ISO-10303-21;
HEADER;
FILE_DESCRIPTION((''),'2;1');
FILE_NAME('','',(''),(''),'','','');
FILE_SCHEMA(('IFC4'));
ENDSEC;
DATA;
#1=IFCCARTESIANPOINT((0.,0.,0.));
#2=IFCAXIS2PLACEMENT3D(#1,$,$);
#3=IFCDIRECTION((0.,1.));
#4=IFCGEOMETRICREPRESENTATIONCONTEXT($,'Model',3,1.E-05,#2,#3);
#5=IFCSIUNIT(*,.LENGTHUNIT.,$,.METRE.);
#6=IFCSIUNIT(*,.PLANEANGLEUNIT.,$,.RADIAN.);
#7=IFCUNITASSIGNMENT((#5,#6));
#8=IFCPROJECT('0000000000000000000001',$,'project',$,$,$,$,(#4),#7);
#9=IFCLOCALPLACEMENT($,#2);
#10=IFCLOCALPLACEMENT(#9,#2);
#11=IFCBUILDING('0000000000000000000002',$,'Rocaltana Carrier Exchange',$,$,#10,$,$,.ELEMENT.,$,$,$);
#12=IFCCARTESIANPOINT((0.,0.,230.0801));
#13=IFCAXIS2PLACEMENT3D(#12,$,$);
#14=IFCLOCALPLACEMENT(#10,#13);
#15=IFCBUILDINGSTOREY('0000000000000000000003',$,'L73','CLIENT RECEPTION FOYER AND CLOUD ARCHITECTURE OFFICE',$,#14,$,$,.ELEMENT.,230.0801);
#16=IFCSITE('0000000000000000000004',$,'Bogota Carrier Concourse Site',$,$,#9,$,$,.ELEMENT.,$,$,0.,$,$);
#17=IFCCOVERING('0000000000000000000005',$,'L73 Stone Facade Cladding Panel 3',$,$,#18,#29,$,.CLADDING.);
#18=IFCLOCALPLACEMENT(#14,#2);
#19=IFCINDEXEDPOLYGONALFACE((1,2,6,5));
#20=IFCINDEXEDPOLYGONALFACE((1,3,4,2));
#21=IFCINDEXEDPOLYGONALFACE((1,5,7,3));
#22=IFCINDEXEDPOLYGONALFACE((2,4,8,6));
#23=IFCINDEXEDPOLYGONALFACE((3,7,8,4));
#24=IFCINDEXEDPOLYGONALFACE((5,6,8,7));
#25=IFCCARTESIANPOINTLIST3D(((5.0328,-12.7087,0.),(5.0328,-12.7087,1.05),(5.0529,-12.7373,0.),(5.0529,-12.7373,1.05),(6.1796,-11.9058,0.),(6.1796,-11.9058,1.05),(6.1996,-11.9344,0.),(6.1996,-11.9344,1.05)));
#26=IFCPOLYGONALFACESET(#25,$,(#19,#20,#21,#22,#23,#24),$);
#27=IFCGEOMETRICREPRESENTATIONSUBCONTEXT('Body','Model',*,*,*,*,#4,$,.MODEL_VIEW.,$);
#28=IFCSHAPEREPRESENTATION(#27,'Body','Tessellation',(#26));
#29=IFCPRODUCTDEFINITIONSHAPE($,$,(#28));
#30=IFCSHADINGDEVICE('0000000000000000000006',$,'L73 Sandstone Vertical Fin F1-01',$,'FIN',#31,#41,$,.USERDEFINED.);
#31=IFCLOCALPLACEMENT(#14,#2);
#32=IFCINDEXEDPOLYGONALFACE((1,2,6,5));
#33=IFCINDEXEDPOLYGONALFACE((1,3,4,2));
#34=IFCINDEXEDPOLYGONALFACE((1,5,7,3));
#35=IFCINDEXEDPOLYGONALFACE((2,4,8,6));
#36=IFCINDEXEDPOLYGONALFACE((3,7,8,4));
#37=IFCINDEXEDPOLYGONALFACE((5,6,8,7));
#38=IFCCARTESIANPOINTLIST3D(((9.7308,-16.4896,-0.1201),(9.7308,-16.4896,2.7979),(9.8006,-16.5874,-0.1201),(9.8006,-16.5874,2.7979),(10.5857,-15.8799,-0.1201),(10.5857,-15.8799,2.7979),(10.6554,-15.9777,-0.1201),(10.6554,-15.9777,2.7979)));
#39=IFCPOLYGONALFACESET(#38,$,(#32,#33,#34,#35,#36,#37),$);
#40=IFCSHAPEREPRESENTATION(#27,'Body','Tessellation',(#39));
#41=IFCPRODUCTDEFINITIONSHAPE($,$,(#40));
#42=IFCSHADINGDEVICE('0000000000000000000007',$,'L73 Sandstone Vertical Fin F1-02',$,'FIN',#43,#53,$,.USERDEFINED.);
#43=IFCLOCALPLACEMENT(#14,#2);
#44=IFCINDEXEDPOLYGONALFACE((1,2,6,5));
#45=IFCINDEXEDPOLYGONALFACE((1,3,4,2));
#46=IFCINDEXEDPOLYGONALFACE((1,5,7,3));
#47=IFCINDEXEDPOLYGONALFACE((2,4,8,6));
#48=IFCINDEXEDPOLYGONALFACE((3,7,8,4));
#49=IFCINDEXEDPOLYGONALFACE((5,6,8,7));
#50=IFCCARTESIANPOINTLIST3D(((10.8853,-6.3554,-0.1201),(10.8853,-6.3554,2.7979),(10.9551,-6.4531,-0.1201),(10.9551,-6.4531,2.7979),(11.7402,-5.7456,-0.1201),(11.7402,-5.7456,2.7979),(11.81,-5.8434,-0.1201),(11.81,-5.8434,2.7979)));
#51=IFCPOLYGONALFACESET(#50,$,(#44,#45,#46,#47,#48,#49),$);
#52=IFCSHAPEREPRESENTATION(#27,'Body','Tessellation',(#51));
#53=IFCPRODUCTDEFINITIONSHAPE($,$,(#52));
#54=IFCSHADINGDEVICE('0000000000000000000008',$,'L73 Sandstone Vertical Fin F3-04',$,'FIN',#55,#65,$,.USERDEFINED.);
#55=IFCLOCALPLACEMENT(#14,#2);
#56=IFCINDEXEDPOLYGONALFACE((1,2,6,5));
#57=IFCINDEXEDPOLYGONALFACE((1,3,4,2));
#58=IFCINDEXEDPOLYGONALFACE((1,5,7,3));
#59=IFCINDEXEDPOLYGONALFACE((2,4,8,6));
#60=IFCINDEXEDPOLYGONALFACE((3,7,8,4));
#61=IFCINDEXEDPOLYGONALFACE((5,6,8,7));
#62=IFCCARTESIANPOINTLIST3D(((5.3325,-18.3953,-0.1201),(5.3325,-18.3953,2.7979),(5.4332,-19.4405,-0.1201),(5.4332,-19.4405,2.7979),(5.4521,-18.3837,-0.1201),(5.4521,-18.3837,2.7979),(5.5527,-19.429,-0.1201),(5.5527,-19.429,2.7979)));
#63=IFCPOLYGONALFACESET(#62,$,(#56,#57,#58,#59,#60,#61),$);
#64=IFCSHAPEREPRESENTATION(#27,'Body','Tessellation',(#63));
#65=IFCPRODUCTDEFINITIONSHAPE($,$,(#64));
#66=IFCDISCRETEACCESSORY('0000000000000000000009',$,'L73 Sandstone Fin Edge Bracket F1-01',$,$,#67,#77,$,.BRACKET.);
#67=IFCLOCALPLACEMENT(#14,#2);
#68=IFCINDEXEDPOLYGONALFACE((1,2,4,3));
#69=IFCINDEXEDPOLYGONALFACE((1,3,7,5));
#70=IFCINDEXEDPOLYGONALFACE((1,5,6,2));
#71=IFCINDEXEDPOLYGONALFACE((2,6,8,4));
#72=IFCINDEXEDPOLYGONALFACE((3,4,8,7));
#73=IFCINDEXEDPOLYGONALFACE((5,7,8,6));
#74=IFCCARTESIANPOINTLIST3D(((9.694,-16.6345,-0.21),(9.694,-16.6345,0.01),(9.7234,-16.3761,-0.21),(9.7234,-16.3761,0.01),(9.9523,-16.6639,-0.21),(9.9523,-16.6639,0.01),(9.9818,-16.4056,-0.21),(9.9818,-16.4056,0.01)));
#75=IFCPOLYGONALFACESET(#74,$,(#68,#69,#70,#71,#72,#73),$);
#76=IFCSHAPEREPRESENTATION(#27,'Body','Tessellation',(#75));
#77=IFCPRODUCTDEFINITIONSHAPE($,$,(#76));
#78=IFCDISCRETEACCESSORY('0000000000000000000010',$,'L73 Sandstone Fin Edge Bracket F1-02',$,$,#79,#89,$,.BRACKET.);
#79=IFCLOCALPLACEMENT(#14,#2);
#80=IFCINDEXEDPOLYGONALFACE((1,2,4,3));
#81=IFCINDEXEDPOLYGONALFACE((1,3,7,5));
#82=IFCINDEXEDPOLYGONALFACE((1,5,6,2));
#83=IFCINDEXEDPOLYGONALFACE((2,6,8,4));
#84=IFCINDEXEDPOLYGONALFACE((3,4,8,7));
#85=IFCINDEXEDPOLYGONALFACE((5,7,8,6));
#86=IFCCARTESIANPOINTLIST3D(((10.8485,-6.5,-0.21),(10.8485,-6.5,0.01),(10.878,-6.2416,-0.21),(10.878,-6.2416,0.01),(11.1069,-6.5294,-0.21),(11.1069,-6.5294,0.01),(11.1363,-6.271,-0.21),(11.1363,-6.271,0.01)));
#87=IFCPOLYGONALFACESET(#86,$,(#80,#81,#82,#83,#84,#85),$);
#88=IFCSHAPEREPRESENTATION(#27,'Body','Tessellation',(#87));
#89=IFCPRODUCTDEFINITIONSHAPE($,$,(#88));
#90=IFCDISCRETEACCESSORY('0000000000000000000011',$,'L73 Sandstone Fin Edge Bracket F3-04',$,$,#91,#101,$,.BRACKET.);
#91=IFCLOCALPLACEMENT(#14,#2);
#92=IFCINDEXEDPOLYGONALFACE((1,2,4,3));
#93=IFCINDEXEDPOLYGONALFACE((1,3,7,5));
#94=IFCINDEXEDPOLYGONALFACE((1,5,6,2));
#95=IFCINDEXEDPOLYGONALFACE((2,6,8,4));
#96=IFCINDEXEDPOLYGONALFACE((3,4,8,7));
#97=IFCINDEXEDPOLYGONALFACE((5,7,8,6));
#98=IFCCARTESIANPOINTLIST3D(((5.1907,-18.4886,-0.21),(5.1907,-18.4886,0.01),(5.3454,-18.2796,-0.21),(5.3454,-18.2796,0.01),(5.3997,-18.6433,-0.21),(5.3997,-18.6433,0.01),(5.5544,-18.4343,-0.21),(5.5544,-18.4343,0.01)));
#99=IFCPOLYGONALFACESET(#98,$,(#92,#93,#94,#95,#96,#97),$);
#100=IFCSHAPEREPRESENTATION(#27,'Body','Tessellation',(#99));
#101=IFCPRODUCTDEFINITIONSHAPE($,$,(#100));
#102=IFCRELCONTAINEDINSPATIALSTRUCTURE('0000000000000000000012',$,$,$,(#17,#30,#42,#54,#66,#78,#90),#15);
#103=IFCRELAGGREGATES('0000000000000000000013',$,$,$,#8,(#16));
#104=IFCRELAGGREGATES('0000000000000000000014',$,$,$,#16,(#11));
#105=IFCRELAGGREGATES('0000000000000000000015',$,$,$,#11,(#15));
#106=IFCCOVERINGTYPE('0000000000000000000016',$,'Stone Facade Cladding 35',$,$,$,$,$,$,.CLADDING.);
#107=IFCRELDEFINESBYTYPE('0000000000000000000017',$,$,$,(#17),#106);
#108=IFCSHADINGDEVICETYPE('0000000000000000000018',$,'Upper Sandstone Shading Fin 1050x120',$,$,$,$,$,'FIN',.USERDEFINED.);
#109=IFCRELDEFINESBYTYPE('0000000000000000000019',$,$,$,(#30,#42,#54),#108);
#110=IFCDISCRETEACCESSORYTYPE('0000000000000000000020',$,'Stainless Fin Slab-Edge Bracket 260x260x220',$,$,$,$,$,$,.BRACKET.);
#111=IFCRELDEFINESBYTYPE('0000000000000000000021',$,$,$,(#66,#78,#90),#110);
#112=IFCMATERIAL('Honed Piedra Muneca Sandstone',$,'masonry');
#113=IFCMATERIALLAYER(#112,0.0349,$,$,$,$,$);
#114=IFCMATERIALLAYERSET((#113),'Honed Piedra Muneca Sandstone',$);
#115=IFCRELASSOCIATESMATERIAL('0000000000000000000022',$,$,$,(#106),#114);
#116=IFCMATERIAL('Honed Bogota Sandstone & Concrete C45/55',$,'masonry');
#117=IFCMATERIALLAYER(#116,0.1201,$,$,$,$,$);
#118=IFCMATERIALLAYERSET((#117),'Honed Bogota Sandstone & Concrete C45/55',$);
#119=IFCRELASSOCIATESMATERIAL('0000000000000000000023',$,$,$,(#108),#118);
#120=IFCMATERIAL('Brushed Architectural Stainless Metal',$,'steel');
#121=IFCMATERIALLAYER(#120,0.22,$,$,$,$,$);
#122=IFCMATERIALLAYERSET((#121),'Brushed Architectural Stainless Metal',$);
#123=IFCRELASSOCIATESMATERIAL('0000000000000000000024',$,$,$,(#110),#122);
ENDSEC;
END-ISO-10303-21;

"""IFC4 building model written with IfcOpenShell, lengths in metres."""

from ifc_helpers import new_model, si_unit, direction, frame, origin, origin_2d, place, context, subcontext, project, spatial, rectangle, extrude, material, layer, layer_set, type_object, element, save


model = new_model("IFC4")

# Units and contexts
model_context = context("Model", 3, precision=1e-05, world=origin(), true_north=direction((0.0, 1.0)))
body_context = subcontext(model_context, "Body", "Model", "MODEL_VIEW")
ifc_project = project(units=[si_unit("LENGTHUNIT", "METRE"), si_unit("PLANEANGLEUNIT", "RADIAN")], contexts=[model_context])

# Site, building, storey
site_placement = place(None, origin())
site = spatial("IfcSite", under=ifc_project, at=site_placement, Name="Bogota Carrier Concourse Site", CompositionType="ELEMENT", RefElevation=0.0)
building_placement = place(site_placement, origin())
building = spatial("IfcBuilding", under=site, at=building_placement, Name="Rocaltana Carrier Exchange", CompositionType="ELEMENT")
storey_placement = place(building_placement, frame((0.0, 0.0, 230.0801)))
storey = spatial("IfcBuildingStorey", under=building, at=storey_placement, Name="L73", Description="CLIENT RECEPTION FOYER AND CLOUD ARCHITECTURE OFFICE", CompositionType="ELEMENT", Elevation=230.0801)

# Covering
ifc_material_1 = material(Name="Honed Piedra Muneca Sandstone", Category="masonry")
ifc_layer_1 = layer(ifc_material_1, 0.0349)
ifc_layer_set_1 = layer_set([ifc_layer_1], Name="Honed Piedra Muneca Sandstone")
covering_type = type_object("IfcCoveringType", Name="Stone Facade Cladding 35", PredefinedType="CLADDING", material=ifc_layer_set_1)
covering_placement = place(storey_placement, frame((5.6162, -12.3215, 0.0), z_axis=(0.0, 0.0, 1.0), x_axis=(0.819152, 0.573576, 0.0)))
element("IfcCovering", 1, at=covering_placement, inside=storey, type_object=covering_type, Name="L73 Stone Facade Cladding Panel 3", PredefinedType="CLADDING", context=body_context, shape_type="SweptSolid", body=[
    extrude(rectangle(XDim=1.3999, YDim=0.0349, at=origin_2d()), origin(), (0.0, 0.0, 1.0), 1.05),
])

# Shading devices
ifc_material_2 = material(Name="Honed Bogota Sandstone & Concrete C45/55", Category="masonry")
ifc_layer_2 = layer(ifc_material_2, 0.1201)
ifc_layer_set_2 = layer_set([ifc_layer_2], Name="Honed Bogota Sandstone & Concrete C45/55")
shading_device_type = type_object("IfcShadingDeviceType", Name="Upper Sandstone Shading Fin 1050x120", ElementType="FIN", PredefinedType="USERDEFINED", material=ifc_layer_set_2)
for number, where, z_axis, x_axis, name in (
    (2, (10.1931, -16.2336, -0.1201), (0.0, 0.0, 1.0), (0.814116, 0.580703, 0.0), "L73 Sandstone Vertical Fin F1-01"),
    (3, (11.3477, -6.0994, -0.1201), (0.0, 0.0, 1.0), (0.814116, 0.580703, 0.0), "L73 Sandstone Vertical Fin F1-02"),
    (4, (5.4426, -18.9121, -0.1201), (0.0, 0.0, 1.0), (0.095846, -0.995396, 0.0), "L73 Sandstone Vertical Fin F3-04"),
):
    element("IfcShadingDevice", number, at=place(storey_placement, frame(where, z_axis=z_axis, x_axis=x_axis)), inside=storey, type_object=shading_device_type, Name=name, ObjectType="FIN", PredefinedType="USERDEFINED", context=body_context, shape_type="SweptSolid", body=[
        extrude(rectangle(XDim=1.05, YDim=0.1201, at=origin_2d()), origin(), (0.0, 0.0, 1.0), 2.918),
    ])

# Discrete accessories
ifc_material_3 = material(Name="Brushed Architectural Stainless Metal", Category="steel")
ifc_layer_3 = layer(ifc_material_3, 0.22)
ifc_layer_set_3 = layer_set([ifc_layer_3], Name="Brushed Architectural Stainless Metal")
discrete_accessory_type = type_object("IfcDiscreteAccessoryType", Name="Stainless Fin Slab-Edge Bracket 260x260x220", PredefinedType="BRACKET", material=ifc_layer_set_3)
for number, where, z_axis, x_axis, name in (
    (5, (9.8379, -16.52, -0.21), (0.0, 0.0, 1.0), (0.113203, 0.993572, 0.0), "L73 Sandstone Fin Edge Bracket F1-01"),
    (6, (10.9924, -6.3855, -0.21), (0.0, 0.0, 1.0), (0.113203, 0.993572, 0.0), "L73 Sandstone Fin Edge Bracket F1-02"),
    (7, (5.3726, -18.4614, -0.21), (0.0, 0.0, 1.0), (0.803857, -0.594823, 0.0), "L73 Sandstone Fin Edge Bracket F3-04"),
):
    element("IfcDiscreteAccessory", number, at=place(storey_placement, frame(where, z_axis=z_axis, x_axis=x_axis)), inside=storey, type_object=discrete_accessory_type, Name=name, PredefinedType="BRACKET", context=body_context, shape_type="SweptSolid", body=[
        extrude(rectangle(XDim=0.26, YDim=0.26, at=origin_2d()), origin(), (0.0, 0.0, 1.0), 0.22),
    ])

save(model, "model.ifc")
